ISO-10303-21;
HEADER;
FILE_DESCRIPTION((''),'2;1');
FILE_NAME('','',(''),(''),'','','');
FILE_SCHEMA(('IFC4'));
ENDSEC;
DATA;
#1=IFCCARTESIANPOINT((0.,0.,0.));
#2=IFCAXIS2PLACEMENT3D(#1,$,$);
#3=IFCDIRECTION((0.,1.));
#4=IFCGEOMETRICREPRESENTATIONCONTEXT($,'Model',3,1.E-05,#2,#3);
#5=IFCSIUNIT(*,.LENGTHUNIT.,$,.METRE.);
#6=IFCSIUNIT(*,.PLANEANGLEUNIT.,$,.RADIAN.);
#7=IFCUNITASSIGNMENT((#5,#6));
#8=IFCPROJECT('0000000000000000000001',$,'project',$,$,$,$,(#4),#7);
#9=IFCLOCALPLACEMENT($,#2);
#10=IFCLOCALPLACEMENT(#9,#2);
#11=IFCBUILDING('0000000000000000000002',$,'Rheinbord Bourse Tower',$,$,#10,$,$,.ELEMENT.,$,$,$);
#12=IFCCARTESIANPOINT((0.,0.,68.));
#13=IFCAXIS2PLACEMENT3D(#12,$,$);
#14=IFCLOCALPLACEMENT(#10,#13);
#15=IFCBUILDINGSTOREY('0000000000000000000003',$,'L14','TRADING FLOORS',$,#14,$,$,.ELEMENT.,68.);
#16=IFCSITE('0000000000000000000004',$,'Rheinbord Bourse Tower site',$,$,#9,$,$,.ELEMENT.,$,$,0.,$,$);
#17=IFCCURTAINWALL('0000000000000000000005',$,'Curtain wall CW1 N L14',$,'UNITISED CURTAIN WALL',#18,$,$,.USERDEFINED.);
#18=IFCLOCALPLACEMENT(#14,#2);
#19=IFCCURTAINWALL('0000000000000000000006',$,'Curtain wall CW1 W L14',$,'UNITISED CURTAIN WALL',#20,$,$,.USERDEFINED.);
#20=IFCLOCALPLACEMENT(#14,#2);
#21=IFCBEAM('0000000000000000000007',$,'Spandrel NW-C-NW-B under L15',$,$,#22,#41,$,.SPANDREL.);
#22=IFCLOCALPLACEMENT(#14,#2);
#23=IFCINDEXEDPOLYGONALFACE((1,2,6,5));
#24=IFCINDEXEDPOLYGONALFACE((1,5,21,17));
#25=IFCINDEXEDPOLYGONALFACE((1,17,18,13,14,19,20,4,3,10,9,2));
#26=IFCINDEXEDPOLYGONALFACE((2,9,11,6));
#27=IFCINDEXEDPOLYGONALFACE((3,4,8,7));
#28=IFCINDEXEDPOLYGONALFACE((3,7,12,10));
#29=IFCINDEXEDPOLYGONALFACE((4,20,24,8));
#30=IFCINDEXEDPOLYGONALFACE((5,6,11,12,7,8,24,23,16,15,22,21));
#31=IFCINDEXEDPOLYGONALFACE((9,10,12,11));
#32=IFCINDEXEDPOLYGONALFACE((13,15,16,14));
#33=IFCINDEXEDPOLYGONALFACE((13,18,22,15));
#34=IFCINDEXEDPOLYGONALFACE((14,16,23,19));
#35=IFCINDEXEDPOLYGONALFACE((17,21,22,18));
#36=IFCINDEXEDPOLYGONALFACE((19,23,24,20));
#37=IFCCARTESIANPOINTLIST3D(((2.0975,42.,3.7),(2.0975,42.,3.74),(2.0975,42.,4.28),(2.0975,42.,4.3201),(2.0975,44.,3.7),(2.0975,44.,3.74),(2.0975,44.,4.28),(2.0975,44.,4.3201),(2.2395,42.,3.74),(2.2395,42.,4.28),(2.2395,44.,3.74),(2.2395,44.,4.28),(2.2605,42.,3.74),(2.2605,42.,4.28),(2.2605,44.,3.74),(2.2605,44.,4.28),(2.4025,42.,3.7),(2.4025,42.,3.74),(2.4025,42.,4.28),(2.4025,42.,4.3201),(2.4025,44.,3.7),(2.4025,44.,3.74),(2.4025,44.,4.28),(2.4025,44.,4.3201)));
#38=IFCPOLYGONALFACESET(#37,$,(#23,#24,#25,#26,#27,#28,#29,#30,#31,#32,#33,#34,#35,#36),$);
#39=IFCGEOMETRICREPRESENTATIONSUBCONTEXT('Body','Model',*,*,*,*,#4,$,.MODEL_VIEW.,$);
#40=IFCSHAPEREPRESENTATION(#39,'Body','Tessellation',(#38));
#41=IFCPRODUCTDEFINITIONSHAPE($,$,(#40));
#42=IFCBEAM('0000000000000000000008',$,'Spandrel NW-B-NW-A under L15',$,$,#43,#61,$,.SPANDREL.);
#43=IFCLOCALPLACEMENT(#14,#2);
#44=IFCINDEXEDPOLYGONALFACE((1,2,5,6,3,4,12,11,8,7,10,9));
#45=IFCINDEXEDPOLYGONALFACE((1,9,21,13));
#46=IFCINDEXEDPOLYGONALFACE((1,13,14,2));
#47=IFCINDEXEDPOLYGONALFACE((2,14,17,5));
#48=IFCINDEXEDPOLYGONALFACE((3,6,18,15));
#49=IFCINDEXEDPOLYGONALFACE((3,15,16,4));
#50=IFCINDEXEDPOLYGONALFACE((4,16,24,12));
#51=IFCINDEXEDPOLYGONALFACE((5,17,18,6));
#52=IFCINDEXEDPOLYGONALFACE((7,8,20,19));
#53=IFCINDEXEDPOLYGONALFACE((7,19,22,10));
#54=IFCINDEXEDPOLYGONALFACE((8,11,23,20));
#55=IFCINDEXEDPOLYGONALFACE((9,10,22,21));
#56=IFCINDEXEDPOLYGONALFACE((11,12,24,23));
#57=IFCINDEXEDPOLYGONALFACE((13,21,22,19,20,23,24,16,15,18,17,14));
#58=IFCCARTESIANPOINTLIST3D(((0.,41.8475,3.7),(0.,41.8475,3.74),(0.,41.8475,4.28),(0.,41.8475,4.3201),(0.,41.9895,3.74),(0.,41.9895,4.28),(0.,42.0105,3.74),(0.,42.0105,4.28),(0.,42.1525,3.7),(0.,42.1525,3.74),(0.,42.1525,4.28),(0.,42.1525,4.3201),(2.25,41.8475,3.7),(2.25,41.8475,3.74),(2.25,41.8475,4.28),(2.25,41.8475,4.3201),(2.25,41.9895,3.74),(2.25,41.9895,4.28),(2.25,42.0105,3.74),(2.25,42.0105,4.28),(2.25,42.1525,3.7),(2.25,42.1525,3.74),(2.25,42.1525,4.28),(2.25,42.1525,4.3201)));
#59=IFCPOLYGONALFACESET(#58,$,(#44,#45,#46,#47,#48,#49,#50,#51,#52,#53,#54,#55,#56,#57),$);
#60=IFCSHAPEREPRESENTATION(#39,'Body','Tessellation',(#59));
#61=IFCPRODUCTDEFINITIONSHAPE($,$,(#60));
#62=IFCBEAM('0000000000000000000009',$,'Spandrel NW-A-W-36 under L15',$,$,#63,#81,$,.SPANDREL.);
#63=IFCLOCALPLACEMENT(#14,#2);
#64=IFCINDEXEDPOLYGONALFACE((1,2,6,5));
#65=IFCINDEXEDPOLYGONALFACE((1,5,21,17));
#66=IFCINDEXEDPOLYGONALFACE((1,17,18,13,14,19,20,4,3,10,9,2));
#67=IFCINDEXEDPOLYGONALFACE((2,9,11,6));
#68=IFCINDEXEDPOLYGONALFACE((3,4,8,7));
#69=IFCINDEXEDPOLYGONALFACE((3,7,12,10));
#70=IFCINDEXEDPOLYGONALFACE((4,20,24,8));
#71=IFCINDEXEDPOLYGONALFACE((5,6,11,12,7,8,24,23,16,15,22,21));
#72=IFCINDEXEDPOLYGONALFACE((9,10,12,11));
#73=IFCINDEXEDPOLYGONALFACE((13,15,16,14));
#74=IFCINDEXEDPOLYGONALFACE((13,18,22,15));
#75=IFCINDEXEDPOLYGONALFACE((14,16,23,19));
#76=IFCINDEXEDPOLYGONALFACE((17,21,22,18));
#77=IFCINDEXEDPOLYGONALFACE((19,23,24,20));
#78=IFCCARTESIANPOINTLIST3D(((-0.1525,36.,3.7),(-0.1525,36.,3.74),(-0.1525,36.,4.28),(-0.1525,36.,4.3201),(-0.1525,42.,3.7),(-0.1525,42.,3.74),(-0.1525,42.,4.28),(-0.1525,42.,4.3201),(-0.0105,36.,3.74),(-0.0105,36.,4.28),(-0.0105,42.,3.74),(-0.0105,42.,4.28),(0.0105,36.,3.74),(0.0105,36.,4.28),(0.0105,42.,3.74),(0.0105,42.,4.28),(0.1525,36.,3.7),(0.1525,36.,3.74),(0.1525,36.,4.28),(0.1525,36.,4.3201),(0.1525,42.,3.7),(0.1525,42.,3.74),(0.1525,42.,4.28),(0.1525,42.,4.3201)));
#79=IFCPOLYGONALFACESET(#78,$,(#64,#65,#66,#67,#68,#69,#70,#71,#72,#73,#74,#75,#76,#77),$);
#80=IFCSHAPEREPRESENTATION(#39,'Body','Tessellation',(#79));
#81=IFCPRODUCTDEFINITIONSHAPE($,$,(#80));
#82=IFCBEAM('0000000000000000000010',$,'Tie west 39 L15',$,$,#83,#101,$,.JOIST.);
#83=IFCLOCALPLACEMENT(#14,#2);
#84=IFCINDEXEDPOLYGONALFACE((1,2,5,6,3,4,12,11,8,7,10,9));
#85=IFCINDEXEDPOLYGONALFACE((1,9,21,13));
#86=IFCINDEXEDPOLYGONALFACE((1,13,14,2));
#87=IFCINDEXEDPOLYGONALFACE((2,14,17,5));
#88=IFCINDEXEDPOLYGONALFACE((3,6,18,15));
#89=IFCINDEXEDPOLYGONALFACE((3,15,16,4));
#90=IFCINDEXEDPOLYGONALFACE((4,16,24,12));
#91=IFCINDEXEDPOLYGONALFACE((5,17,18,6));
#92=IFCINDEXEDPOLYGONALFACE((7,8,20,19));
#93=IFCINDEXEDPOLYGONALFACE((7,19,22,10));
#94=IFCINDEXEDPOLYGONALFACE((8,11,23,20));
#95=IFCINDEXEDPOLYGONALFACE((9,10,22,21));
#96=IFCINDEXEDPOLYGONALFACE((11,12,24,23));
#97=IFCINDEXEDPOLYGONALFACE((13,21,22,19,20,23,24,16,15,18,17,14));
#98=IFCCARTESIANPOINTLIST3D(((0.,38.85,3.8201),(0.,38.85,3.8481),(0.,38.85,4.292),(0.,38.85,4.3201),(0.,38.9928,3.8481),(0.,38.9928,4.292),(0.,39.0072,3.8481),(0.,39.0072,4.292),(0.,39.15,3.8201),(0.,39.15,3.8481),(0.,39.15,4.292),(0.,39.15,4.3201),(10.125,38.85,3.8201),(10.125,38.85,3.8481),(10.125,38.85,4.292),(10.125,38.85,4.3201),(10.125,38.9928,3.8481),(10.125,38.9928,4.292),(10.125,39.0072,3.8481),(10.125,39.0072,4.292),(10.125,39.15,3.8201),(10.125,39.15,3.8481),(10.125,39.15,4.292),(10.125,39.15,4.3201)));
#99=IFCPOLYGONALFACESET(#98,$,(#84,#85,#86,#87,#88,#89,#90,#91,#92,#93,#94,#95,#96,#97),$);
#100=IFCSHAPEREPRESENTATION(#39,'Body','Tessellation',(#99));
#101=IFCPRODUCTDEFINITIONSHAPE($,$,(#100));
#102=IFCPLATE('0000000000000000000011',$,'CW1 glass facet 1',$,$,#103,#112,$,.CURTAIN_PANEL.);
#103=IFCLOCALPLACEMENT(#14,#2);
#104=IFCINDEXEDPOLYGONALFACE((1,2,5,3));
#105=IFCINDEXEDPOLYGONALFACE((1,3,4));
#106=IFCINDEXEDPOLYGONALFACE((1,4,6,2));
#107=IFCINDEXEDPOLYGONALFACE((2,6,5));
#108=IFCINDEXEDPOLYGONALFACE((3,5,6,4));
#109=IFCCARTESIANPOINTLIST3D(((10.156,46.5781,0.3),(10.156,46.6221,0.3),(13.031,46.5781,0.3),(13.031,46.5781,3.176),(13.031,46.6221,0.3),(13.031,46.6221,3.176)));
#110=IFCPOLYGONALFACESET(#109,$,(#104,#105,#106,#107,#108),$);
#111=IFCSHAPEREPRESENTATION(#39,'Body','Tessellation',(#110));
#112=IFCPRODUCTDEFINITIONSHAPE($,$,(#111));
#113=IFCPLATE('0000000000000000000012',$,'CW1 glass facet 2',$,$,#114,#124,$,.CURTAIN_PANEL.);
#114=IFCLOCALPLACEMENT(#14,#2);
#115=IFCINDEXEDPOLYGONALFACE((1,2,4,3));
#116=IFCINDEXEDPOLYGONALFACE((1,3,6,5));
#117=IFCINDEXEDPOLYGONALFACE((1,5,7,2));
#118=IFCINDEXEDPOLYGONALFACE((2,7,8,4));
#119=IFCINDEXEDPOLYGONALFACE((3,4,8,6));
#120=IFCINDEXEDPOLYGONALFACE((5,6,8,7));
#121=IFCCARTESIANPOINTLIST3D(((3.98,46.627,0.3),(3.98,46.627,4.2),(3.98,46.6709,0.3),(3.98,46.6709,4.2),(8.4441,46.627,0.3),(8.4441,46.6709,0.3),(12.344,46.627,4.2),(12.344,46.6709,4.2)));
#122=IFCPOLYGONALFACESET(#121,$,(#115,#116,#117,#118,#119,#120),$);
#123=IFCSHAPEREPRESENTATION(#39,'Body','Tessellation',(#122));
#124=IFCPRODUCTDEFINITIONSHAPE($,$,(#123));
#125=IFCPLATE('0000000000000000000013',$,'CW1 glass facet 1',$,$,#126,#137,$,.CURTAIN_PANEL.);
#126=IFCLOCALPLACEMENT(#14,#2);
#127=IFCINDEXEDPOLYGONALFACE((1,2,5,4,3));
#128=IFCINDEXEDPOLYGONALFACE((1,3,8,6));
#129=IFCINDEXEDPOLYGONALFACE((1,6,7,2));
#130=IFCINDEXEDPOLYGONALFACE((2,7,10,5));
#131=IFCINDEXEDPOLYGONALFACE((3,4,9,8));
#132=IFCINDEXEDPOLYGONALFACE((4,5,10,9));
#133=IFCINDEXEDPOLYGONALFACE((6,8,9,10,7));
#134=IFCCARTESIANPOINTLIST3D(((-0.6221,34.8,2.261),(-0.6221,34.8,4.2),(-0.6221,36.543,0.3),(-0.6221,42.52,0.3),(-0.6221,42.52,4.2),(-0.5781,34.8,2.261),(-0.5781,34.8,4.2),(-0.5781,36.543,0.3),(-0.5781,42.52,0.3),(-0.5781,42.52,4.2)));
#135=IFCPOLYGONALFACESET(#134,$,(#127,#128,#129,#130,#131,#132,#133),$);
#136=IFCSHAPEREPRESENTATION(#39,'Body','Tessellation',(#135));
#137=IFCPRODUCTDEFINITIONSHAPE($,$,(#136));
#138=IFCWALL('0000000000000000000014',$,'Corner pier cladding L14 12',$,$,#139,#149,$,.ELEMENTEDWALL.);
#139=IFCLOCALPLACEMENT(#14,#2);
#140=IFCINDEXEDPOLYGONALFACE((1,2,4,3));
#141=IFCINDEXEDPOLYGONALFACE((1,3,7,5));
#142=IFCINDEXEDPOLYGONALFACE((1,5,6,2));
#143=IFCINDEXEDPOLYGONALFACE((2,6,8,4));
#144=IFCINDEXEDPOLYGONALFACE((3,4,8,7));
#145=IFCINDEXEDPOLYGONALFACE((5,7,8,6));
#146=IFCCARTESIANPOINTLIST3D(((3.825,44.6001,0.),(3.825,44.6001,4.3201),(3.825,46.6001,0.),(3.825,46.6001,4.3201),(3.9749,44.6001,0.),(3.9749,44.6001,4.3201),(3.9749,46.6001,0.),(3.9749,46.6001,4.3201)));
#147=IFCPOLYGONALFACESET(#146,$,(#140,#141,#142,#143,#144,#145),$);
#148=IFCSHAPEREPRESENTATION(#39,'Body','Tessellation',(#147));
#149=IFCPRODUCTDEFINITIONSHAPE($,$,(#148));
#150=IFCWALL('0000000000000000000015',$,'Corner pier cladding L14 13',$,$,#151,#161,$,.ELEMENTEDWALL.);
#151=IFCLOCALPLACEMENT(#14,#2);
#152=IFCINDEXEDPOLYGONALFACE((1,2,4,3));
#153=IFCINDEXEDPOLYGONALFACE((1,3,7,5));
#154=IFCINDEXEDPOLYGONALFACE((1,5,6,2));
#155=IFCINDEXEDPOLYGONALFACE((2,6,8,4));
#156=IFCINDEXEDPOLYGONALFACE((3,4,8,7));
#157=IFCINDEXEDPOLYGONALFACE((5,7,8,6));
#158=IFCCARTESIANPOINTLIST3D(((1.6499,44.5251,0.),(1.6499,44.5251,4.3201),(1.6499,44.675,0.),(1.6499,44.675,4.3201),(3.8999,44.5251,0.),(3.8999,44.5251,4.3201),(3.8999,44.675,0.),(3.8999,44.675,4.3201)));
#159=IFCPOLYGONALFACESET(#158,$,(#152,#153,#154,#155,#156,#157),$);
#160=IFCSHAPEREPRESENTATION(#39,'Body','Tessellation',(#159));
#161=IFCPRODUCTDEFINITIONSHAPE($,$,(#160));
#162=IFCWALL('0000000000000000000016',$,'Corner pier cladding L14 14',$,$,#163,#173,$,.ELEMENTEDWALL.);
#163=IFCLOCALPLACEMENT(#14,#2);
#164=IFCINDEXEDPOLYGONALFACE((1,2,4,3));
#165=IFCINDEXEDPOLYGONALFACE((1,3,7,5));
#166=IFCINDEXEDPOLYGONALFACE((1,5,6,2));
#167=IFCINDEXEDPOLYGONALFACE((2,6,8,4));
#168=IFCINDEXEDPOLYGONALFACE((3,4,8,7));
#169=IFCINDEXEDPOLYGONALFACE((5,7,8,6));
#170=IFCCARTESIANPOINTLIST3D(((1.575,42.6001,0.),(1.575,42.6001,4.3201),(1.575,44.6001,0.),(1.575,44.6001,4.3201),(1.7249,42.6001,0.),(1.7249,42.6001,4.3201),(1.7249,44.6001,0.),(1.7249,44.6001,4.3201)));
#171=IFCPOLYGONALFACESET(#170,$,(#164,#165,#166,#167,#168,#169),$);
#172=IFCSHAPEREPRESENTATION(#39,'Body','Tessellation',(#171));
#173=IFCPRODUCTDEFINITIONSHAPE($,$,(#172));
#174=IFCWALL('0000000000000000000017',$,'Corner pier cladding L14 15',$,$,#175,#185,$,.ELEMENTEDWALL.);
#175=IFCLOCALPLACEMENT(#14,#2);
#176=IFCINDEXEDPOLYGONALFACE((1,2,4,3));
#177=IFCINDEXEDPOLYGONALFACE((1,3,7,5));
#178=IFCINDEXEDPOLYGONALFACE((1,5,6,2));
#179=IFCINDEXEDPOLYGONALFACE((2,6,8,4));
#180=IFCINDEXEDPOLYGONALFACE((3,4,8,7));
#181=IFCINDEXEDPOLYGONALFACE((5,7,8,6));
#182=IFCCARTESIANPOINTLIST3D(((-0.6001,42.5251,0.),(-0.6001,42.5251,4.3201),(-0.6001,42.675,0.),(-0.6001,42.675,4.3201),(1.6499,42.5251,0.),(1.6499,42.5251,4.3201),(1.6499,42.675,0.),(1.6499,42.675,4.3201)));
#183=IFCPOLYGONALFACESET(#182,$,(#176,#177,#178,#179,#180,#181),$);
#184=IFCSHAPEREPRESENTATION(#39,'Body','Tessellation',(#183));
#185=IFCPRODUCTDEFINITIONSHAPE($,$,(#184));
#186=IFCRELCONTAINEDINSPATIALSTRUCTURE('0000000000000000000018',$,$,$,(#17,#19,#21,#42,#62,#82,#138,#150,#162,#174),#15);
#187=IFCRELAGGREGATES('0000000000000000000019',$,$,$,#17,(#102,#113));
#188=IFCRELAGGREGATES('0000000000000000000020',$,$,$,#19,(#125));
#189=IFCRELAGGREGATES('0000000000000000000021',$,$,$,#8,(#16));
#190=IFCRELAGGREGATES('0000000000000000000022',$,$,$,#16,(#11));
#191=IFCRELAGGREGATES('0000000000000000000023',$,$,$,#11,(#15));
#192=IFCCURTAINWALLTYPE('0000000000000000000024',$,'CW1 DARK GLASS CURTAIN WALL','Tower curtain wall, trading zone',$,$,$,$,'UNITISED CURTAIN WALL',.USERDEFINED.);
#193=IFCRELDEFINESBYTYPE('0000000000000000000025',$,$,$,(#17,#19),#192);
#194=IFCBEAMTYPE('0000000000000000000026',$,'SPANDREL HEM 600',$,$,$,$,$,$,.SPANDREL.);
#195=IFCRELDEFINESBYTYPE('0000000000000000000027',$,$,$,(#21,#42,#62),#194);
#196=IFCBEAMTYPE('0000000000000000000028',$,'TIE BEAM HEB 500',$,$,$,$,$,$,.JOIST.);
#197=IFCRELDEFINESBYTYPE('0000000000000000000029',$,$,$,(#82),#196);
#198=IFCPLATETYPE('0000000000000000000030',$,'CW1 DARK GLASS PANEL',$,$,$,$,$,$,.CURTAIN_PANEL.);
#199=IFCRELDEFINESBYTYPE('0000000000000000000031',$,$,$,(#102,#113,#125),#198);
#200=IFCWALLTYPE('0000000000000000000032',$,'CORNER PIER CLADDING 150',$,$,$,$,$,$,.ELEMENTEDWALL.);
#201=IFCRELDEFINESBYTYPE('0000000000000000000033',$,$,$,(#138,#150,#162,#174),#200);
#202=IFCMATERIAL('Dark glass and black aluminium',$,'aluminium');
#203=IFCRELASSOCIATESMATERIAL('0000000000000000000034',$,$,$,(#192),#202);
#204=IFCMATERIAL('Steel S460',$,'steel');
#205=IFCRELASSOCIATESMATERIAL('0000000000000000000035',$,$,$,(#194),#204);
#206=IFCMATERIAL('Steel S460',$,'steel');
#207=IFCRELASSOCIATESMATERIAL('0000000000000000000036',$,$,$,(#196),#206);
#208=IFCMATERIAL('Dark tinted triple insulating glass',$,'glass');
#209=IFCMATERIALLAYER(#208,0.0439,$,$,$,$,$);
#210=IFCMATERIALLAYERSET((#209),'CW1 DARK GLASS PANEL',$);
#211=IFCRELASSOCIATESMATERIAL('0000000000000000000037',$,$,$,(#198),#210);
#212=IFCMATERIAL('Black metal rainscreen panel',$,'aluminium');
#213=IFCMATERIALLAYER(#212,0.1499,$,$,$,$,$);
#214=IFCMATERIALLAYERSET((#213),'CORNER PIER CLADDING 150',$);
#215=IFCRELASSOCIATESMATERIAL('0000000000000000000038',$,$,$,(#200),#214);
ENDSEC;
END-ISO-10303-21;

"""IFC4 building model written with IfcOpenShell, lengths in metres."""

from ifc_helpers import new_model, si_unit, direction, frame, frame_2d, origin, origin_2d, place, context, subcontext, project, spatial, polyline, rectangle, i_section, outline, extrude, material, layer, layer_set, material_profile, profile_set, type_object, element, aggregate, save


model = new_model("IFC4")

# Units and contexts
model_context = context("Model", 3, precision=1e-05, world=origin(), true_north=direction((0.0, 1.0)))
body_context = subcontext(model_context, "Body", "Model", "MODEL_VIEW")
ifc_project = project(units=[si_unit("LENGTHUNIT", "METRE"), si_unit("PLANEANGLEUNIT", "RADIAN")], contexts=[model_context])

# Site, building, storey
site_placement = place(None, origin())
site = spatial("IfcSite", under=ifc_project, at=site_placement, Name="Rheinbord Bourse Tower site", CompositionType="ELEMENT", RefElevation=0.0)
building_placement = place(site_placement, origin())
building = spatial("IfcBuilding", under=site, at=building_placement, Name="Rheinbord Bourse Tower", CompositionType="ELEMENT")
storey_placement = place(building_placement, frame((0.0, 0.0, 68.0)))
storey = spatial("IfcBuildingStorey", under=building, at=storey_placement, Name="L14", Description="TRADING FLOORS", CompositionType="ELEMENT", Elevation=68.0)

# Curtain wall
ifc_material_1 = material(Name="Dark glass and black aluminium", Category="aluminium")
curtain_wall_type = type_object("IfcCurtainWallType", Name="CW1 DARK GLASS CURTAIN WALL", Description="Tower curtain wall, trading zone", ElementType="UNITISED CURTAIN WALL", PredefinedType="USERDEFINED", material=ifc_material_1)
curtain_wall_1_placement = place(storey_placement, origin())
curtain_wall_1 = element("IfcCurtainWall", 1, at=curtain_wall_1_placement, inside=storey, type_object=curtain_wall_type, Name="Curtain wall CW1 N L14", ObjectType="UNITISED CURTAIN WALL", PredefinedType="USERDEFINED")

# Curtain wall
curtain_wall_2_placement = place(storey_placement, origin())
curtain_wall_2 = element("IfcCurtainWall", 2, at=curtain_wall_2_placement, inside=storey, type_object=curtain_wall_type, Name="Curtain wall CW1 W L14", ObjectType="UNITISED CURTAIN WALL", PredefinedType="USERDEFINED")

# Beams
ifc_material_2 = material(Name="Steel S460", Category="steel")
ifc_material_profile_1 = material_profile(ifc_material_2, i_section(OverallWidth=0.3049, OverallDepth=0.6201, WebThickness=0.021, FlangeThickness=0.04, at=origin_2d()), Name="HEM 600")
ifc_profile_set_1 = profile_set([ifc_material_profile_1], Name="Steel S460")
beam_type_1 = type_object("IfcBeamType", Name="SPANDREL HEM 600", PredefinedType="SPANDREL", material=ifc_profile_set_1)
beam_1_placement = place(storey_placement, frame((2.25, 44.0, 4.01), z_axis=(0.0, -1.0, 0.0), x_axis=(1.0, 0.0, 0.0)))
element("IfcBeam", 3, at=beam_1_placement, inside=storey, type_object=beam_type_1, Name="Spandrel NW-C-NW-B under L15", PredefinedType="SPANDREL", context=body_context, shape_type="SweptSolid", body=[
    extrude(i_section(OverallWidth=0.3049, OverallDepth=0.6201, WebThickness=0.021, FlangeThickness=0.04, at=origin_2d()), origin(), (0.0, 0.0, 1.0), 2.0),
])
beam_2_placement = place(storey_placement, frame((2.25, 42.0, 4.01), z_axis=(-1.0, 0.0, 0.0), x_axis=(0.0, -1.0, 0.0)))
element("IfcBeam", 4, at=beam_2_placement, inside=storey, type_object=beam_type_1, Name="Spandrel NW-B-NW-A under L15", PredefinedType="SPANDREL", context=body_context, shape_type="SweptSolid", body=[
    extrude(i_section(OverallWidth=0.3049, OverallDepth=0.6201, WebThickness=0.021, FlangeThickness=0.04, at=origin_2d()), origin(), (0.0, 0.0, 1.0), 2.25),
])
beam_3_placement = place(storey_placement, frame((0.0, 42.0, 4.01), z_axis=(0.0, -1.0, 0.0), x_axis=(1.0, 0.0, 0.0)))
element("IfcBeam", 5, at=beam_3_placement, inside=storey, type_object=beam_type_1, Name="Spandrel NW-A-W-36 under L15", PredefinedType="SPANDREL", context=body_context, shape_type="SweptSolid", body=[
    extrude(i_section(OverallWidth=0.3049, OverallDepth=0.6201, WebThickness=0.021, FlangeThickness=0.04, at=origin_2d()), origin(), (0.0, 0.0, 1.0), 6.0),
])
ifc_material_3 = material(Name="Steel S460", Category="steel")
ifc_material_profile_2 = material_profile(ifc_material_3, i_section(OverallWidth=0.3, OverallDepth=0.5, WebThickness=0.0144, FlangeThickness=0.0281, at=origin_2d()), Name="HEB 500")
ifc_profile_set_2 = profile_set([ifc_material_profile_2], Name="Steel S460")
beam_type_2 = type_object("IfcBeamType", Name="TIE BEAM HEB 500", PredefinedType="JOIST", material=ifc_profile_set_2)
beam_4_placement = place(storey_placement, frame((0.0, 39.0, 4.0701), z_axis=(1.0, 0.0, 0.0), x_axis=(0.0, 1.0, 0.0)))
element("IfcBeam", 6, at=beam_4_placement, inside=storey, type_object=beam_type_2, Name="Tie west 39 L15", PredefinedType="JOIST", context=body_context, shape_type="SweptSolid", body=[
    extrude(i_section(OverallWidth=0.3, OverallDepth=0.5, WebThickness=0.0144, FlangeThickness=0.0281, at=origin_2d()), origin(), (0.0, 0.0, 1.0), 10.125),
])

# Plates
ifc_material_4 = material(Name="Dark tinted triple insulating glass", Category="glass")
ifc_layer_1 = layer(ifc_material_4, 0.0439)
ifc_layer_set_1 = layer_set([ifc_layer_1], Name="CW1 DARK GLASS PANEL")
plate_type = type_object("IfcPlateType", Name="CW1 DARK GLASS PANEL", PredefinedType="CURTAIN_PANEL", material=ifc_layer_set_1)
plate_1_placement = place(storey_placement, frame((13.031, 46.6221, 0.3), z_axis=(0.0, -1.0, 0.0), x_axis=(0.0, 0.0, 1.0)))
plate_1 = element("IfcPlate", 7, at=plate_1_placement, type_object=plate_type, Name="CW1 glass facet 1", PredefinedType="CURTAIN_PANEL", context=body_context, shape_type="SweptSolid", body=[
    extrude(outline(polyline([(0.0, 0.0), (2.876, 0.0), (0.0, 2.875), (0.0, 0.0)])), origin(), (0.0, 0.0, 1.0), 0.0439),
])
plate_2_placement = place(storey_placement, frame((3.98, 46.6709, 4.2), z_axis=(0.0, -1.0, 0.0), x_axis=(0.0, 0.0, -1.0)))
plate_2 = element("IfcPlate", 8, at=plate_2_placement, type_object=plate_type, Name="CW1 glass facet 2", PredefinedType="CURTAIN_PANEL", context=body_context, shape_type="SweptSolid", body=[
    extrude(outline(polyline([(0.0, 0.0), (3.8999, 0.0), (3.8999, 4.4641), (0.0, 8.364), (0.0, 0.0)])), origin(), (0.0, 0.0, 1.0), 0.0439),
])
aggregate(curtain_wall_1, [plate_1, plate_2])
plate_3_placement = place(storey_placement, frame((-0.6221, 42.52, 0.3), z_axis=(1.0, 0.0, 0.0), x_axis=(0.0, 0.0, 1.0)))
plate_3 = element("IfcPlate", 9, at=plate_3_placement, type_object=plate_type, Name="CW1 glass facet 1", PredefinedType="CURTAIN_PANEL", context=body_context, shape_type="SweptSolid", body=[
    extrude(outline(polyline([(0.0, 0.0), (3.8999, 0.0), (3.8999, 7.72), (1.9609, 7.72), (0.0, 5.9771), (0.0, 0.0)])), origin(), (0.0, 0.0, 1.0), 0.0439),
])
aggregate(curtain_wall_2, [plate_3])

# Walls
ifc_material_5 = material(Name="Black metal rainscreen panel", Category="aluminium")
ifc_layer_2 = layer(ifc_material_5, 0.1499)
ifc_layer_set_2 = layer_set([ifc_layer_2], Name="CORNER PIER CLADDING 150")
wall_type_1 = type_object("IfcWallType", Name="CORNER PIER CLADDING 150", PredefinedType="ELEMENTEDWALL", material=ifc_layer_set_2)
wall_1_placement = place(storey_placement, frame((3.8999, 46.6001, 0.0), z_axis=(0.0, 0.0, 1.0), x_axis=(0.0, -1.0, 0.0)))
element("IfcWall", 10, at=wall_1_placement, inside=storey, type_object=wall_type_1, Name="Corner pier cladding L14 12", PredefinedType="ELEMENTEDWALL", context=body_context, shape_type="SweptSolid", body=[
    extrude(rectangle(XDim=2.0, YDim=0.1499, at=frame_2d((1.0, 0.0))), origin(), (0.0, 0.0, 1.0), 4.3201),
])
wall_2_placement = place(storey_placement, frame((3.8999, 44.6001, 0.0), z_axis=(0.0, 0.0, 1.0), x_axis=(-1.0, 0.0, 0.0)))
element("IfcWall", 11, at=wall_2_placement, inside=storey, type_object=wall_type_1, Name="Corner pier cladding L14 13", PredefinedType="ELEMENTEDWALL", context=body_context, shape_type="SweptSolid", body=[
    extrude(rectangle(XDim=2.25, YDim=0.1499, at=frame_2d((1.125, 0.0))), origin(), (0.0, 0.0, 1.0), 4.3201),
])
wall_3_placement = place(storey_placement, frame((1.6499, 44.6001, 0.0), z_axis=(0.0, 0.0, 1.0), x_axis=(0.0, -1.0, 0.0)))
element("IfcWall", 12, at=wall_3_placement, inside=storey, type_object=wall_type_1, Name="Corner pier cladding L14 14", PredefinedType="ELEMENTEDWALL", context=body_context, shape_type="SweptSolid", body=[
    extrude(rectangle(XDim=2.0, YDim=0.1499, at=frame_2d((1.0, 0.0))), origin(), (0.0, 0.0, 1.0), 4.3201),
])
wall_4_placement = place(storey_placement, frame((1.6499, 42.6001, 0.0), z_axis=(0.0, 0.0, 1.0), x_axis=(-1.0, 0.0, 0.0)))
element("IfcWall", 13, at=wall_4_placement, inside=storey, type_object=wall_type_1, Name="Corner pier cladding L14 15", PredefinedType="ELEMENTEDWALL", context=body_context, shape_type="SweptSolid", body=[
    extrude(rectangle(XDim=2.25, YDim=0.1499, at=frame_2d((1.125, 0.0))), origin(), (0.0, 0.0, 1.0), 4.3201),
])

save(model, "model.ifc")
